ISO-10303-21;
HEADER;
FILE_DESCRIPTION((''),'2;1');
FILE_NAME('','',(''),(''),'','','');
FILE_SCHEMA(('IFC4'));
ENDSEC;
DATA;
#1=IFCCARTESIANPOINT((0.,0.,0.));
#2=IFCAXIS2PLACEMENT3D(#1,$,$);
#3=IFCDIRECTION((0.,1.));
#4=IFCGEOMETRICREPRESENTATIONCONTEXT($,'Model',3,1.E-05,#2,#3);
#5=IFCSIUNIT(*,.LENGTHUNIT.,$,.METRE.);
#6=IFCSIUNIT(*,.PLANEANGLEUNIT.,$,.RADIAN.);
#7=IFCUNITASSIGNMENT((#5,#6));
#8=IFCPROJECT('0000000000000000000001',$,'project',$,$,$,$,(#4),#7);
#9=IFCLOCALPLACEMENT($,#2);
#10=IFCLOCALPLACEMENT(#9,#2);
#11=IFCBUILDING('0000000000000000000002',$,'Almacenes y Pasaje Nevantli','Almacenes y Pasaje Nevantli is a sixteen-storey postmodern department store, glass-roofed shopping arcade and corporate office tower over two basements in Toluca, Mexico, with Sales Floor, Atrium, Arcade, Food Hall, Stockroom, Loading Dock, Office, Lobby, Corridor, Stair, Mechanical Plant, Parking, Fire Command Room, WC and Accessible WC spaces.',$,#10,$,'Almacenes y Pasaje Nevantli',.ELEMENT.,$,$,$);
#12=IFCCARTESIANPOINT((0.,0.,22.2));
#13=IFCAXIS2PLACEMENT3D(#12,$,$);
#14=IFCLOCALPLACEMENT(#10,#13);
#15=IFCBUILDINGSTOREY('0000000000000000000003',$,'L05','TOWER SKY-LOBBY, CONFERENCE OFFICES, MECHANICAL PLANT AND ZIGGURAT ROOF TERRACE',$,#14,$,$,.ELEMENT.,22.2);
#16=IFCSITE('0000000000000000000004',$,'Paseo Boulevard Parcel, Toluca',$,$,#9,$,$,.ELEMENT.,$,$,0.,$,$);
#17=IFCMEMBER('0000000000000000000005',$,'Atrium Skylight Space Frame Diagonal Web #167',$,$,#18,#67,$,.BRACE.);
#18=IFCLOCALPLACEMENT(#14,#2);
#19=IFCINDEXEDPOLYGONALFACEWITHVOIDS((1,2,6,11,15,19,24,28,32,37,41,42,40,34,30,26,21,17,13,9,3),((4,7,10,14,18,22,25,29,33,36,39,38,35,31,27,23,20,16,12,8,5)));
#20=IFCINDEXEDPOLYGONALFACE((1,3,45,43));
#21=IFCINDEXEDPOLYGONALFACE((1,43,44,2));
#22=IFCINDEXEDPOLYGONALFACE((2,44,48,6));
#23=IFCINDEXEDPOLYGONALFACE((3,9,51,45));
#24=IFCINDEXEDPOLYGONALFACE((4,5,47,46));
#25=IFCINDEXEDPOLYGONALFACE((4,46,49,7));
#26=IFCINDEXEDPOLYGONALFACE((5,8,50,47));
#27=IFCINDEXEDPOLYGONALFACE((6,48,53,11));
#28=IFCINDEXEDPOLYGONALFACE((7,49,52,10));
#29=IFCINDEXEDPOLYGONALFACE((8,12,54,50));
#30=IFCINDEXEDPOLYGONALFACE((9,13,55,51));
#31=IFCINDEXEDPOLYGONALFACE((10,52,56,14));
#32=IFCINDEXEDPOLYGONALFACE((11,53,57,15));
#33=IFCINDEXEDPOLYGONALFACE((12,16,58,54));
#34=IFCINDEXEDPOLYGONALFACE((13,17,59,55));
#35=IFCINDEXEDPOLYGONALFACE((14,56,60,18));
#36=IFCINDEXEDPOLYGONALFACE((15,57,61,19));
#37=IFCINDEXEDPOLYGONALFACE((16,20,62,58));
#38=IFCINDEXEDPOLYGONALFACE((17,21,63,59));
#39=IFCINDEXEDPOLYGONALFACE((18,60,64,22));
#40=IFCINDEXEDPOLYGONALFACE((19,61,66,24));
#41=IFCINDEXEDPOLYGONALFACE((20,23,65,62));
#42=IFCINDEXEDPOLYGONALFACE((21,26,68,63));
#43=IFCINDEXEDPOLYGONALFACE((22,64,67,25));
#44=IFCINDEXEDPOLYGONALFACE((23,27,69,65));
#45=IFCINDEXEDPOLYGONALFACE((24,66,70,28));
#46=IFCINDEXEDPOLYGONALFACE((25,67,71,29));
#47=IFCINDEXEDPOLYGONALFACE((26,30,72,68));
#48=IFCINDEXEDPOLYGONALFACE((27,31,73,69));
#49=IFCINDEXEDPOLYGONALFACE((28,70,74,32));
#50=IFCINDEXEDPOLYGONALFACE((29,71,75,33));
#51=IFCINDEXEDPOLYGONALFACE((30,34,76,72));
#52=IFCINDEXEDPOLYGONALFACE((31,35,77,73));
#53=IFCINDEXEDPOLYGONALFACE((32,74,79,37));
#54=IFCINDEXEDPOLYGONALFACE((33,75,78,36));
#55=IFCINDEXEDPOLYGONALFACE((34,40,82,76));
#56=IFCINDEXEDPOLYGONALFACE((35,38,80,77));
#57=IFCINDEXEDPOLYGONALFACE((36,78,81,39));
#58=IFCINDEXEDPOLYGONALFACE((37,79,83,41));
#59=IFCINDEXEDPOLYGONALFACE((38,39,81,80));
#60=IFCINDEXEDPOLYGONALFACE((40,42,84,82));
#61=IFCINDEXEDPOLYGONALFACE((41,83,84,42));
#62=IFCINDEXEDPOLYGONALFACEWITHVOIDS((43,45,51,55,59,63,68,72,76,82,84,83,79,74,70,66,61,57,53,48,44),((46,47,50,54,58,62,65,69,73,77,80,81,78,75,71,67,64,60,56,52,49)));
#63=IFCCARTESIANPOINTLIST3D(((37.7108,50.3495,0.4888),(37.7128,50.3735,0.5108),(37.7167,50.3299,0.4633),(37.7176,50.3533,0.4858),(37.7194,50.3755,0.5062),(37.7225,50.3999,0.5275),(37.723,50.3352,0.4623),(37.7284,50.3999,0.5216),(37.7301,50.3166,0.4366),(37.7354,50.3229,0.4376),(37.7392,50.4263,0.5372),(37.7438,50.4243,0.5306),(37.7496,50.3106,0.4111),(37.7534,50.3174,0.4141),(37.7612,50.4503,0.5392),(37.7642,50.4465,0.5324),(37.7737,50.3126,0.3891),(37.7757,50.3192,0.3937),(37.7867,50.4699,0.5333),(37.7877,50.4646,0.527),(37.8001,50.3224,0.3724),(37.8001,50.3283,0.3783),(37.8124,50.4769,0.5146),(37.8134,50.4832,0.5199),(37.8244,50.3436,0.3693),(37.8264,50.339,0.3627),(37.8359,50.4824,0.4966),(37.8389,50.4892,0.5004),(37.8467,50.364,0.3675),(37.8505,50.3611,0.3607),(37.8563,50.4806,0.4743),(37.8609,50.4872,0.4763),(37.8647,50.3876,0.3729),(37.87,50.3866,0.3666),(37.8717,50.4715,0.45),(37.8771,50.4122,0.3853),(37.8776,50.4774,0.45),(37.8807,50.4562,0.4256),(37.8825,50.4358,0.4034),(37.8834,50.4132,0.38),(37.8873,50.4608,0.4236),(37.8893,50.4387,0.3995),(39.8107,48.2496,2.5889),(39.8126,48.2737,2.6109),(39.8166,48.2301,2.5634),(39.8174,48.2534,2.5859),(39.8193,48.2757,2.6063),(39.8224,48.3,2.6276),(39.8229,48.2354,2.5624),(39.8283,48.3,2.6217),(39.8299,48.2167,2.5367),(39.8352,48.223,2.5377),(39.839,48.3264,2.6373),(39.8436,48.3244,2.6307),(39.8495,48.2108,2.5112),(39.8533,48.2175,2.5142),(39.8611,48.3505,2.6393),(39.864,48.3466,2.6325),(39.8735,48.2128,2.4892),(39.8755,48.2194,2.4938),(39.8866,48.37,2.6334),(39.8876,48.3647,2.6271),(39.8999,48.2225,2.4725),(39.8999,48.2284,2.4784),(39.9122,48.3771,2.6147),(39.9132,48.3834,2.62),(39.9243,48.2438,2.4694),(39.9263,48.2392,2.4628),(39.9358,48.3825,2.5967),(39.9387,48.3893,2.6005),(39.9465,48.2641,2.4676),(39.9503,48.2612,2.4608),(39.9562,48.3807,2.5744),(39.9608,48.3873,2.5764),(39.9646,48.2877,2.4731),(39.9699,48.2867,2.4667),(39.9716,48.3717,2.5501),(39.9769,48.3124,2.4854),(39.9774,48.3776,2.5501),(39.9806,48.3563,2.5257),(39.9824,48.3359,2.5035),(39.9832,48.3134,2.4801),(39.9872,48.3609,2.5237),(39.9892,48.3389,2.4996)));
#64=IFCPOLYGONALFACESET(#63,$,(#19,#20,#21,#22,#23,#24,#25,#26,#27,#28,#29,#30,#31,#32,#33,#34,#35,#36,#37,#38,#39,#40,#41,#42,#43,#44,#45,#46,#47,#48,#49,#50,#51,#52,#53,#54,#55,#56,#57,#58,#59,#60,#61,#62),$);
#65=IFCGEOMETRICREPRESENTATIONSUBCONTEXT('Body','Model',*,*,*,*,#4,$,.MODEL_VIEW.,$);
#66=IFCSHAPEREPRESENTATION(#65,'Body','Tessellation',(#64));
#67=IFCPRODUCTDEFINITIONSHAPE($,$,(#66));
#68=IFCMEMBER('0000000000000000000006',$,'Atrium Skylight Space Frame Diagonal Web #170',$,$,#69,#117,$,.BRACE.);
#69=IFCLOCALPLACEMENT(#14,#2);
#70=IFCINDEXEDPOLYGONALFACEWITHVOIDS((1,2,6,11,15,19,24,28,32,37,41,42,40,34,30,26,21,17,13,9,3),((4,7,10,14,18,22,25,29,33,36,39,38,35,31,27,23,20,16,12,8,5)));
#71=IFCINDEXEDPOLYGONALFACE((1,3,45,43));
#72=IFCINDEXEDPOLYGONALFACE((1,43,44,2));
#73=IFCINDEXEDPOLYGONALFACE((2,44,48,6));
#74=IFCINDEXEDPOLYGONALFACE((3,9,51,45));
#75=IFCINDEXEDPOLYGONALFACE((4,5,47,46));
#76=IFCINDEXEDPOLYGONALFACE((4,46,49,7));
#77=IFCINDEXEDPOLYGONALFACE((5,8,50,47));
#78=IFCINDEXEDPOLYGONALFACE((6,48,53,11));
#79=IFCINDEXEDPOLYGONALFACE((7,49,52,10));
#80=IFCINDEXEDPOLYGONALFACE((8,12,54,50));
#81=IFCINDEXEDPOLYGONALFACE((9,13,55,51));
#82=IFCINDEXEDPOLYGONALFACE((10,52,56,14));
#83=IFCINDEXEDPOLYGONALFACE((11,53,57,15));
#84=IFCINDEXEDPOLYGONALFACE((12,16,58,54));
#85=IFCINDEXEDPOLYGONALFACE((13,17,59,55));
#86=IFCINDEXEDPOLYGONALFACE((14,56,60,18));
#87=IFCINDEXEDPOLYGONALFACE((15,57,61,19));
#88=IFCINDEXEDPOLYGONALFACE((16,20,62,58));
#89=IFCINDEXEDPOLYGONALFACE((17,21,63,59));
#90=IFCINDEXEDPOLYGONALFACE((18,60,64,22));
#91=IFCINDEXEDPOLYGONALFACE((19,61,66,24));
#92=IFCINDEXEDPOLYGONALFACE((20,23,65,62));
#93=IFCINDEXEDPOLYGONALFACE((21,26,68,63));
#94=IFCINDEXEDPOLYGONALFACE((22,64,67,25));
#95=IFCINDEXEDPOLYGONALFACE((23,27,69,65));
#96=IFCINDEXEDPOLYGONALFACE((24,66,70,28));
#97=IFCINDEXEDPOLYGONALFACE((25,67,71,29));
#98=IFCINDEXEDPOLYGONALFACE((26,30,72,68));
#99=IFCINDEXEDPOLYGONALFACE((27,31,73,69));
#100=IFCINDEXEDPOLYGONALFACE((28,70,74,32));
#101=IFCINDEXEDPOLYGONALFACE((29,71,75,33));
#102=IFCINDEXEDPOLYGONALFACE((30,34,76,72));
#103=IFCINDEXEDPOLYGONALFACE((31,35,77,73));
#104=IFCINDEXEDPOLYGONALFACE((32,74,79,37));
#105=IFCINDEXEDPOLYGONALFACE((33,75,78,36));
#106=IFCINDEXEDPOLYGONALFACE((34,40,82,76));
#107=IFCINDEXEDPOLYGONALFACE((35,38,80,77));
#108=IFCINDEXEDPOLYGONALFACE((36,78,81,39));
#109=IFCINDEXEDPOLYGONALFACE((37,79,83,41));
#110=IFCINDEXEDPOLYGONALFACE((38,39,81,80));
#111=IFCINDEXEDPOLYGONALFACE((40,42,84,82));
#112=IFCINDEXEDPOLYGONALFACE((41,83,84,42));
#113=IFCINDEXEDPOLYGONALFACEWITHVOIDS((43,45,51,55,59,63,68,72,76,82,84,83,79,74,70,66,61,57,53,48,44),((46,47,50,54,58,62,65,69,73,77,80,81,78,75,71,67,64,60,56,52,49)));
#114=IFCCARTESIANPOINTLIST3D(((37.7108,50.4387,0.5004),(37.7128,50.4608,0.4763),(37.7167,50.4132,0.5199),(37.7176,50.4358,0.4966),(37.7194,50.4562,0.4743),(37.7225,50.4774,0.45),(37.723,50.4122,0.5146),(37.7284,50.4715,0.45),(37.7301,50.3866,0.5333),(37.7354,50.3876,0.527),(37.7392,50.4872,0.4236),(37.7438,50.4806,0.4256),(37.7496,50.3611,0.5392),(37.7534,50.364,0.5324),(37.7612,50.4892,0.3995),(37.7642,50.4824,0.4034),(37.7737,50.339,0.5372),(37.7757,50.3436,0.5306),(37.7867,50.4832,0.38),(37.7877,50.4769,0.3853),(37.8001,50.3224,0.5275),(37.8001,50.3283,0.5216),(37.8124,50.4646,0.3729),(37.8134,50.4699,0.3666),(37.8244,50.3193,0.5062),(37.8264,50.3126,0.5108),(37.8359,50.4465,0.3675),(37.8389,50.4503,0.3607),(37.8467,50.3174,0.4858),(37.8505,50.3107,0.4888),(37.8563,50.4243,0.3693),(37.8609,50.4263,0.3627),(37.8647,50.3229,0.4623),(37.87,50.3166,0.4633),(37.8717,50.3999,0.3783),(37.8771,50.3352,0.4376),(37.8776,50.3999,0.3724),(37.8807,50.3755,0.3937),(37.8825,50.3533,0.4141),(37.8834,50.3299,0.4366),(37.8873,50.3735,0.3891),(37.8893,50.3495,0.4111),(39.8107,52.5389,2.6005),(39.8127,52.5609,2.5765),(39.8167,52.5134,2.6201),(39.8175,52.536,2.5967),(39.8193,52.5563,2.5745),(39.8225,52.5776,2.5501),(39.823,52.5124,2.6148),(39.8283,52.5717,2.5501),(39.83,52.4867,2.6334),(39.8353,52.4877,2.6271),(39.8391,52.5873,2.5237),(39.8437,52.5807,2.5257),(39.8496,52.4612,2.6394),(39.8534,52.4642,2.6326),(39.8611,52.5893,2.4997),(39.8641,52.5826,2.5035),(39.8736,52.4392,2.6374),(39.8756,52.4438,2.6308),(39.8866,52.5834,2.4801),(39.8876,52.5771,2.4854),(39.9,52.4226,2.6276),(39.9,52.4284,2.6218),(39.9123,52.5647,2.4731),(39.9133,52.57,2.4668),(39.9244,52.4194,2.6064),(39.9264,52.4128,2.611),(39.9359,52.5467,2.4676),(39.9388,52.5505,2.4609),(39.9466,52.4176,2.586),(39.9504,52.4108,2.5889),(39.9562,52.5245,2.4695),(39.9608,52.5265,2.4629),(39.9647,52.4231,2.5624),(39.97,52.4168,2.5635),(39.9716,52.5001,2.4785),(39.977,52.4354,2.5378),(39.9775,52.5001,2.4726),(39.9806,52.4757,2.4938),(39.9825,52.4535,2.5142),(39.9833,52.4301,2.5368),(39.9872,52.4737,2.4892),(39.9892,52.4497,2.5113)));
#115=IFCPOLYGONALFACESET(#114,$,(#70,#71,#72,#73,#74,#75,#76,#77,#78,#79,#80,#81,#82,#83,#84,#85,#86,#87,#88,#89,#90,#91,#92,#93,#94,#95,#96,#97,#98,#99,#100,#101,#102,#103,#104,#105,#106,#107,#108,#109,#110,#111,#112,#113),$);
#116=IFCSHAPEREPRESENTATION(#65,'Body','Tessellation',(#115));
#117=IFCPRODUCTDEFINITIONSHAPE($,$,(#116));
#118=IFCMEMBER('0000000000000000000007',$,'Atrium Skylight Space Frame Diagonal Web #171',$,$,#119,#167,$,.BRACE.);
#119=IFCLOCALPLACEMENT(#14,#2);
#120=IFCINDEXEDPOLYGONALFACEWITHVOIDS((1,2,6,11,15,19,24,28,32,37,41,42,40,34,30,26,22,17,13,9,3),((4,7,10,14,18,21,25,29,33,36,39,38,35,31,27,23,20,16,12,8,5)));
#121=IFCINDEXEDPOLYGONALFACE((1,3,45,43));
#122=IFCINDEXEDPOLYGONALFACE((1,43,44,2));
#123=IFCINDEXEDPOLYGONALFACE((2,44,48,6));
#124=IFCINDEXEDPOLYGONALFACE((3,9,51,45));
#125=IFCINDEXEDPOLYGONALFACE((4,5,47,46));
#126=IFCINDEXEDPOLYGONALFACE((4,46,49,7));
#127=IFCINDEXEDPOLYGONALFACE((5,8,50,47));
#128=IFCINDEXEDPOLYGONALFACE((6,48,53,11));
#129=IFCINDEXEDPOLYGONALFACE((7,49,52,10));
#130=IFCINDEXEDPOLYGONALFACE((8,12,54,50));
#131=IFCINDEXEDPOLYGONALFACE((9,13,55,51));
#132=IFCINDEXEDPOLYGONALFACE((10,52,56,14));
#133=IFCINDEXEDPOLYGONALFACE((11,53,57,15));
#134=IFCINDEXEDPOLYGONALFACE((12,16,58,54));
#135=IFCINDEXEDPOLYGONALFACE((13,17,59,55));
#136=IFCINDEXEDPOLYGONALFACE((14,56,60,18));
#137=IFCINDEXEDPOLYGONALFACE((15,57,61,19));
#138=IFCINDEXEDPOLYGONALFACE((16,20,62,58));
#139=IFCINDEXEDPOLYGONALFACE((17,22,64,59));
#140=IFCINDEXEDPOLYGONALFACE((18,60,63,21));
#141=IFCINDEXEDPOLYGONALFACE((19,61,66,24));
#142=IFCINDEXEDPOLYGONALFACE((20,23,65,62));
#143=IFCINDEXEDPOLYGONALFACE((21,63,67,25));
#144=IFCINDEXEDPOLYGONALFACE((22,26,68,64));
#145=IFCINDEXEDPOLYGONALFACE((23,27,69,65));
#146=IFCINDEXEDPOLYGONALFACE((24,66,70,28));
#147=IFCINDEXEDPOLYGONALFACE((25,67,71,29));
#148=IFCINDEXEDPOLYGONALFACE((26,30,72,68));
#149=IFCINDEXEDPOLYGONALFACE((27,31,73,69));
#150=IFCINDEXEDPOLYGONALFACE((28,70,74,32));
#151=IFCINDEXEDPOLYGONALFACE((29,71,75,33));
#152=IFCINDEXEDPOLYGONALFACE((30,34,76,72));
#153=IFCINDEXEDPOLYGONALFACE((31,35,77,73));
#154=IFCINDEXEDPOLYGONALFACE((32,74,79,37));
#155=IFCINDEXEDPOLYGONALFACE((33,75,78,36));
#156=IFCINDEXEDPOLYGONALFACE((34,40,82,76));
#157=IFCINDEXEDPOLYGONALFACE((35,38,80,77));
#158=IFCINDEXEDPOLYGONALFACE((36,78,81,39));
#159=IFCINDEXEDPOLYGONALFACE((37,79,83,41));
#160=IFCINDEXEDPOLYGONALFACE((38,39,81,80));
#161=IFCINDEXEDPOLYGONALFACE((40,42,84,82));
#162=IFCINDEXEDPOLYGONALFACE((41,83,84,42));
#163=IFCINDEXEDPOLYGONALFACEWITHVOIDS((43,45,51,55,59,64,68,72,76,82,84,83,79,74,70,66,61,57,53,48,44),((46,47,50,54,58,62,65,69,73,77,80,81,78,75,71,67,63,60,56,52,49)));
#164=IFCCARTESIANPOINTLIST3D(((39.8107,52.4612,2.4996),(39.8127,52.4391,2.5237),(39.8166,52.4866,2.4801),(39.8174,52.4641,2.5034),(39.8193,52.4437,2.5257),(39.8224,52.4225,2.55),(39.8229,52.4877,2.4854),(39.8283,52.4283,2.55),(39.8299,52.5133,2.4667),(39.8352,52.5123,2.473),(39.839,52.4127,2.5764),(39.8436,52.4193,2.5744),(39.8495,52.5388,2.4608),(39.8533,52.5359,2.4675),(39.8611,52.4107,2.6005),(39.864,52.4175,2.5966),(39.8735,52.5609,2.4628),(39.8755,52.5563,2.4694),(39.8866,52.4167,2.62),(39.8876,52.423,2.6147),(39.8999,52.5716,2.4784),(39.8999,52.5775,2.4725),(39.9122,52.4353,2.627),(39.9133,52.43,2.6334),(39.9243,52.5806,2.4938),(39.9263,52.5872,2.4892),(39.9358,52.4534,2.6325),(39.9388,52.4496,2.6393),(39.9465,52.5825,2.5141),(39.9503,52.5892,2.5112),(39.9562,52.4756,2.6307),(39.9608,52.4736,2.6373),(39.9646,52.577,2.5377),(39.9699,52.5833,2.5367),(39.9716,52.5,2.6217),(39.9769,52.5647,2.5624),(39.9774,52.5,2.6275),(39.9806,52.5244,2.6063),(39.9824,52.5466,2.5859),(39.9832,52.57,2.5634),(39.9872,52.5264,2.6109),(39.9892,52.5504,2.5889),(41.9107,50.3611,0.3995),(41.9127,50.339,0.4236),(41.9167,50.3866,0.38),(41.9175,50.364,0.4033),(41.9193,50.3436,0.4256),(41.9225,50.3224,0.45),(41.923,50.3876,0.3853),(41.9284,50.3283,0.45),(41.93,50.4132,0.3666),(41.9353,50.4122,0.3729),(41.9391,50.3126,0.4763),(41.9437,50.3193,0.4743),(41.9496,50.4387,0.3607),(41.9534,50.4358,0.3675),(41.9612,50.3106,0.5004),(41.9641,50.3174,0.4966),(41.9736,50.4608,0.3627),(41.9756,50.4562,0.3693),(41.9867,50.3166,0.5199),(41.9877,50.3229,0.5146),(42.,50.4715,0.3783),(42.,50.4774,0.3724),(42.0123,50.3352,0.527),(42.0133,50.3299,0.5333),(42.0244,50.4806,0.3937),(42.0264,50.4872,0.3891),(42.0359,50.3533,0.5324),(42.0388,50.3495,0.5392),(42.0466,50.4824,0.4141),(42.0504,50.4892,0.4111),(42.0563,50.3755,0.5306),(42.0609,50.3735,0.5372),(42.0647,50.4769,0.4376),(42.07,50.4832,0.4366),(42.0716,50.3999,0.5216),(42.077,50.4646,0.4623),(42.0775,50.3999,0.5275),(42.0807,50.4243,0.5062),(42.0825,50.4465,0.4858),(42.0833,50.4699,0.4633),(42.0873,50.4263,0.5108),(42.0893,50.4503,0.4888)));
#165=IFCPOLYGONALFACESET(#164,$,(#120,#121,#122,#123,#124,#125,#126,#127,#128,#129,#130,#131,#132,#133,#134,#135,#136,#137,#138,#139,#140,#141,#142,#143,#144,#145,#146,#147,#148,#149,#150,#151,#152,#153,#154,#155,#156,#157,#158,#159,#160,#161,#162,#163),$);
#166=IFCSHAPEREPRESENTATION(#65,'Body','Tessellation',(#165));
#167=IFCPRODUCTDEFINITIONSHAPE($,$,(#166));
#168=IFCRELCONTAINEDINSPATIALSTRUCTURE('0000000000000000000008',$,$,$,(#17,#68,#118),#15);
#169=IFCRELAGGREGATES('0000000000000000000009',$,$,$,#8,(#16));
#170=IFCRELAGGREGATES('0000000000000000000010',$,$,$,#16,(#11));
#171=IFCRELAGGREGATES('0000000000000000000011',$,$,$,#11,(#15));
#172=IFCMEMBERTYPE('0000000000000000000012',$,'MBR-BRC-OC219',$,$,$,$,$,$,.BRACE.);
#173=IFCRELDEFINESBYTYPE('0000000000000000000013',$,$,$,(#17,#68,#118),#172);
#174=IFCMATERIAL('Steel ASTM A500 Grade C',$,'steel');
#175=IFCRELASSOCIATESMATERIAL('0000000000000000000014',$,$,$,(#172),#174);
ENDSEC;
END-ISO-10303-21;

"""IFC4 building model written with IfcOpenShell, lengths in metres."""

from ifc_helpers import new_model, si_unit, direction, frame, origin, origin_2d, place, context, subcontext, project, spatial, hollow_circle, extrude, material, material_profile, profile_set, type_object, element, save


model = new_model("IFC4")

# Units and contexts
model_context = context("Model", 3, precision=1e-05, world=origin(), true_north=direction((0.0, 1.0)))
body_context = subcontext(model_context, "Body", "Model", "MODEL_VIEW")
ifc_project = project(units=[si_unit("LENGTHUNIT", "METRE"), si_unit("PLANEANGLEUNIT", "RADIAN")], contexts=[model_context])

# Site, building, storey
site_placement = place(None, origin())
site = spatial("IfcSite", under=ifc_project, at=site_placement, Name="Paseo Boulevard Parcel, Toluca", CompositionType="ELEMENT", RefElevation=0.0)
building_placement = place(site_placement, origin())
building = spatial("IfcBuilding", under=site, at=building_placement, Name="Almacenes y Pasaje Nevantli", Description="Almacenes y Pasaje Nevantli is a sixteen-storey postmodern department store, glass-roofed shopping arcade and corporate office tower over two basements in Toluca, Mexico, with Sales Floor, Atrium, Arcade, Food Hall, Stockroom, Loading Dock, Office, Lobby, Corridor, Stair, Mechanical Plant, Parking, Fire Command Room, WC and Accessible WC spaces.", LongName="Almacenes y Pasaje Nevantli", CompositionType="ELEMENT")
storey_placement = place(building_placement, frame((0.0, 0.0, 22.2)))
storey = spatial("IfcBuildingStorey", under=building, at=storey_placement, Name="L05", Description="TOWER SKY-LOBBY, CONFERENCE OFFICES, MECHANICAL PLANT AND ZIGGURAT ROOF TERRACE", CompositionType="ELEMENT", Elevation=22.2)

# Members
ifc_material_1 = material(Name="Steel ASTM A500 Grade C", Category="steel")
ifc_material_profile_1 = material_profile(ifc_material_1, hollow_circle(Radius=0.1096, WallThickness=0.0083, at=origin_2d()), Name="OC 219x8.2")
ifc_profile_set_1 = profile_set([ifc_material_profile_1], Name="Steel ASTM A500 Grade C")
member_type_1 = type_object("IfcMemberType", Name="MBR-BRC-OC219", PredefinedType="BRACE", material=ifc_profile_set_1)
member_1_placement = place(storey_placement, frame((37.8, 50.3999, 0.45), z_axis=(0.577328, -0.577328, 0.577395), x_axis=(0.707107, 0.707107, 0.0)))
element("IfcMember", 1, at=member_1_placement, inside=storey, type_object=member_type_1, Name="Atrium Skylight Space Frame Diagonal Web #167", PredefinedType="BRACE", context=body_context, shape_type="SweptSolid", body=[
    extrude(hollow_circle(Radius=0.1096, WallThickness=0.0083, at=origin_2d()), origin(), (0.0, 0.0, 1.0), 3.6372),
])
for number, where, z_axis, x_axis, name in (
    (2, (37.8, 50.3999, 0.45), (0.577306, 0.577373, 0.577373), (-0.707148, 0.707066, 0.0), "Atrium Skylight Space Frame Diagonal Web #170"),
    (3, (42.0, 50.3999, 0.45), (-0.57735, 0.57735, 0.57735), (-0.707107, -0.707107, 0.0), "Atrium Skylight Space Frame Diagonal Web #171"),
):
    element("IfcMember", number, at=place(storey_placement, frame(where, z_axis=z_axis, x_axis=x_axis)), inside=storey, type_object=member_type_1, Name=name, PredefinedType="BRACE", context=body_context, shape_type="SweptSolid", body=[
        extrude(hollow_circle(Radius=0.1096, WallThickness=0.0083, at=origin_2d()), origin(), (0.0, 0.0, 1.0), 3.6375),
    ])

save(model, "model.ifc")
